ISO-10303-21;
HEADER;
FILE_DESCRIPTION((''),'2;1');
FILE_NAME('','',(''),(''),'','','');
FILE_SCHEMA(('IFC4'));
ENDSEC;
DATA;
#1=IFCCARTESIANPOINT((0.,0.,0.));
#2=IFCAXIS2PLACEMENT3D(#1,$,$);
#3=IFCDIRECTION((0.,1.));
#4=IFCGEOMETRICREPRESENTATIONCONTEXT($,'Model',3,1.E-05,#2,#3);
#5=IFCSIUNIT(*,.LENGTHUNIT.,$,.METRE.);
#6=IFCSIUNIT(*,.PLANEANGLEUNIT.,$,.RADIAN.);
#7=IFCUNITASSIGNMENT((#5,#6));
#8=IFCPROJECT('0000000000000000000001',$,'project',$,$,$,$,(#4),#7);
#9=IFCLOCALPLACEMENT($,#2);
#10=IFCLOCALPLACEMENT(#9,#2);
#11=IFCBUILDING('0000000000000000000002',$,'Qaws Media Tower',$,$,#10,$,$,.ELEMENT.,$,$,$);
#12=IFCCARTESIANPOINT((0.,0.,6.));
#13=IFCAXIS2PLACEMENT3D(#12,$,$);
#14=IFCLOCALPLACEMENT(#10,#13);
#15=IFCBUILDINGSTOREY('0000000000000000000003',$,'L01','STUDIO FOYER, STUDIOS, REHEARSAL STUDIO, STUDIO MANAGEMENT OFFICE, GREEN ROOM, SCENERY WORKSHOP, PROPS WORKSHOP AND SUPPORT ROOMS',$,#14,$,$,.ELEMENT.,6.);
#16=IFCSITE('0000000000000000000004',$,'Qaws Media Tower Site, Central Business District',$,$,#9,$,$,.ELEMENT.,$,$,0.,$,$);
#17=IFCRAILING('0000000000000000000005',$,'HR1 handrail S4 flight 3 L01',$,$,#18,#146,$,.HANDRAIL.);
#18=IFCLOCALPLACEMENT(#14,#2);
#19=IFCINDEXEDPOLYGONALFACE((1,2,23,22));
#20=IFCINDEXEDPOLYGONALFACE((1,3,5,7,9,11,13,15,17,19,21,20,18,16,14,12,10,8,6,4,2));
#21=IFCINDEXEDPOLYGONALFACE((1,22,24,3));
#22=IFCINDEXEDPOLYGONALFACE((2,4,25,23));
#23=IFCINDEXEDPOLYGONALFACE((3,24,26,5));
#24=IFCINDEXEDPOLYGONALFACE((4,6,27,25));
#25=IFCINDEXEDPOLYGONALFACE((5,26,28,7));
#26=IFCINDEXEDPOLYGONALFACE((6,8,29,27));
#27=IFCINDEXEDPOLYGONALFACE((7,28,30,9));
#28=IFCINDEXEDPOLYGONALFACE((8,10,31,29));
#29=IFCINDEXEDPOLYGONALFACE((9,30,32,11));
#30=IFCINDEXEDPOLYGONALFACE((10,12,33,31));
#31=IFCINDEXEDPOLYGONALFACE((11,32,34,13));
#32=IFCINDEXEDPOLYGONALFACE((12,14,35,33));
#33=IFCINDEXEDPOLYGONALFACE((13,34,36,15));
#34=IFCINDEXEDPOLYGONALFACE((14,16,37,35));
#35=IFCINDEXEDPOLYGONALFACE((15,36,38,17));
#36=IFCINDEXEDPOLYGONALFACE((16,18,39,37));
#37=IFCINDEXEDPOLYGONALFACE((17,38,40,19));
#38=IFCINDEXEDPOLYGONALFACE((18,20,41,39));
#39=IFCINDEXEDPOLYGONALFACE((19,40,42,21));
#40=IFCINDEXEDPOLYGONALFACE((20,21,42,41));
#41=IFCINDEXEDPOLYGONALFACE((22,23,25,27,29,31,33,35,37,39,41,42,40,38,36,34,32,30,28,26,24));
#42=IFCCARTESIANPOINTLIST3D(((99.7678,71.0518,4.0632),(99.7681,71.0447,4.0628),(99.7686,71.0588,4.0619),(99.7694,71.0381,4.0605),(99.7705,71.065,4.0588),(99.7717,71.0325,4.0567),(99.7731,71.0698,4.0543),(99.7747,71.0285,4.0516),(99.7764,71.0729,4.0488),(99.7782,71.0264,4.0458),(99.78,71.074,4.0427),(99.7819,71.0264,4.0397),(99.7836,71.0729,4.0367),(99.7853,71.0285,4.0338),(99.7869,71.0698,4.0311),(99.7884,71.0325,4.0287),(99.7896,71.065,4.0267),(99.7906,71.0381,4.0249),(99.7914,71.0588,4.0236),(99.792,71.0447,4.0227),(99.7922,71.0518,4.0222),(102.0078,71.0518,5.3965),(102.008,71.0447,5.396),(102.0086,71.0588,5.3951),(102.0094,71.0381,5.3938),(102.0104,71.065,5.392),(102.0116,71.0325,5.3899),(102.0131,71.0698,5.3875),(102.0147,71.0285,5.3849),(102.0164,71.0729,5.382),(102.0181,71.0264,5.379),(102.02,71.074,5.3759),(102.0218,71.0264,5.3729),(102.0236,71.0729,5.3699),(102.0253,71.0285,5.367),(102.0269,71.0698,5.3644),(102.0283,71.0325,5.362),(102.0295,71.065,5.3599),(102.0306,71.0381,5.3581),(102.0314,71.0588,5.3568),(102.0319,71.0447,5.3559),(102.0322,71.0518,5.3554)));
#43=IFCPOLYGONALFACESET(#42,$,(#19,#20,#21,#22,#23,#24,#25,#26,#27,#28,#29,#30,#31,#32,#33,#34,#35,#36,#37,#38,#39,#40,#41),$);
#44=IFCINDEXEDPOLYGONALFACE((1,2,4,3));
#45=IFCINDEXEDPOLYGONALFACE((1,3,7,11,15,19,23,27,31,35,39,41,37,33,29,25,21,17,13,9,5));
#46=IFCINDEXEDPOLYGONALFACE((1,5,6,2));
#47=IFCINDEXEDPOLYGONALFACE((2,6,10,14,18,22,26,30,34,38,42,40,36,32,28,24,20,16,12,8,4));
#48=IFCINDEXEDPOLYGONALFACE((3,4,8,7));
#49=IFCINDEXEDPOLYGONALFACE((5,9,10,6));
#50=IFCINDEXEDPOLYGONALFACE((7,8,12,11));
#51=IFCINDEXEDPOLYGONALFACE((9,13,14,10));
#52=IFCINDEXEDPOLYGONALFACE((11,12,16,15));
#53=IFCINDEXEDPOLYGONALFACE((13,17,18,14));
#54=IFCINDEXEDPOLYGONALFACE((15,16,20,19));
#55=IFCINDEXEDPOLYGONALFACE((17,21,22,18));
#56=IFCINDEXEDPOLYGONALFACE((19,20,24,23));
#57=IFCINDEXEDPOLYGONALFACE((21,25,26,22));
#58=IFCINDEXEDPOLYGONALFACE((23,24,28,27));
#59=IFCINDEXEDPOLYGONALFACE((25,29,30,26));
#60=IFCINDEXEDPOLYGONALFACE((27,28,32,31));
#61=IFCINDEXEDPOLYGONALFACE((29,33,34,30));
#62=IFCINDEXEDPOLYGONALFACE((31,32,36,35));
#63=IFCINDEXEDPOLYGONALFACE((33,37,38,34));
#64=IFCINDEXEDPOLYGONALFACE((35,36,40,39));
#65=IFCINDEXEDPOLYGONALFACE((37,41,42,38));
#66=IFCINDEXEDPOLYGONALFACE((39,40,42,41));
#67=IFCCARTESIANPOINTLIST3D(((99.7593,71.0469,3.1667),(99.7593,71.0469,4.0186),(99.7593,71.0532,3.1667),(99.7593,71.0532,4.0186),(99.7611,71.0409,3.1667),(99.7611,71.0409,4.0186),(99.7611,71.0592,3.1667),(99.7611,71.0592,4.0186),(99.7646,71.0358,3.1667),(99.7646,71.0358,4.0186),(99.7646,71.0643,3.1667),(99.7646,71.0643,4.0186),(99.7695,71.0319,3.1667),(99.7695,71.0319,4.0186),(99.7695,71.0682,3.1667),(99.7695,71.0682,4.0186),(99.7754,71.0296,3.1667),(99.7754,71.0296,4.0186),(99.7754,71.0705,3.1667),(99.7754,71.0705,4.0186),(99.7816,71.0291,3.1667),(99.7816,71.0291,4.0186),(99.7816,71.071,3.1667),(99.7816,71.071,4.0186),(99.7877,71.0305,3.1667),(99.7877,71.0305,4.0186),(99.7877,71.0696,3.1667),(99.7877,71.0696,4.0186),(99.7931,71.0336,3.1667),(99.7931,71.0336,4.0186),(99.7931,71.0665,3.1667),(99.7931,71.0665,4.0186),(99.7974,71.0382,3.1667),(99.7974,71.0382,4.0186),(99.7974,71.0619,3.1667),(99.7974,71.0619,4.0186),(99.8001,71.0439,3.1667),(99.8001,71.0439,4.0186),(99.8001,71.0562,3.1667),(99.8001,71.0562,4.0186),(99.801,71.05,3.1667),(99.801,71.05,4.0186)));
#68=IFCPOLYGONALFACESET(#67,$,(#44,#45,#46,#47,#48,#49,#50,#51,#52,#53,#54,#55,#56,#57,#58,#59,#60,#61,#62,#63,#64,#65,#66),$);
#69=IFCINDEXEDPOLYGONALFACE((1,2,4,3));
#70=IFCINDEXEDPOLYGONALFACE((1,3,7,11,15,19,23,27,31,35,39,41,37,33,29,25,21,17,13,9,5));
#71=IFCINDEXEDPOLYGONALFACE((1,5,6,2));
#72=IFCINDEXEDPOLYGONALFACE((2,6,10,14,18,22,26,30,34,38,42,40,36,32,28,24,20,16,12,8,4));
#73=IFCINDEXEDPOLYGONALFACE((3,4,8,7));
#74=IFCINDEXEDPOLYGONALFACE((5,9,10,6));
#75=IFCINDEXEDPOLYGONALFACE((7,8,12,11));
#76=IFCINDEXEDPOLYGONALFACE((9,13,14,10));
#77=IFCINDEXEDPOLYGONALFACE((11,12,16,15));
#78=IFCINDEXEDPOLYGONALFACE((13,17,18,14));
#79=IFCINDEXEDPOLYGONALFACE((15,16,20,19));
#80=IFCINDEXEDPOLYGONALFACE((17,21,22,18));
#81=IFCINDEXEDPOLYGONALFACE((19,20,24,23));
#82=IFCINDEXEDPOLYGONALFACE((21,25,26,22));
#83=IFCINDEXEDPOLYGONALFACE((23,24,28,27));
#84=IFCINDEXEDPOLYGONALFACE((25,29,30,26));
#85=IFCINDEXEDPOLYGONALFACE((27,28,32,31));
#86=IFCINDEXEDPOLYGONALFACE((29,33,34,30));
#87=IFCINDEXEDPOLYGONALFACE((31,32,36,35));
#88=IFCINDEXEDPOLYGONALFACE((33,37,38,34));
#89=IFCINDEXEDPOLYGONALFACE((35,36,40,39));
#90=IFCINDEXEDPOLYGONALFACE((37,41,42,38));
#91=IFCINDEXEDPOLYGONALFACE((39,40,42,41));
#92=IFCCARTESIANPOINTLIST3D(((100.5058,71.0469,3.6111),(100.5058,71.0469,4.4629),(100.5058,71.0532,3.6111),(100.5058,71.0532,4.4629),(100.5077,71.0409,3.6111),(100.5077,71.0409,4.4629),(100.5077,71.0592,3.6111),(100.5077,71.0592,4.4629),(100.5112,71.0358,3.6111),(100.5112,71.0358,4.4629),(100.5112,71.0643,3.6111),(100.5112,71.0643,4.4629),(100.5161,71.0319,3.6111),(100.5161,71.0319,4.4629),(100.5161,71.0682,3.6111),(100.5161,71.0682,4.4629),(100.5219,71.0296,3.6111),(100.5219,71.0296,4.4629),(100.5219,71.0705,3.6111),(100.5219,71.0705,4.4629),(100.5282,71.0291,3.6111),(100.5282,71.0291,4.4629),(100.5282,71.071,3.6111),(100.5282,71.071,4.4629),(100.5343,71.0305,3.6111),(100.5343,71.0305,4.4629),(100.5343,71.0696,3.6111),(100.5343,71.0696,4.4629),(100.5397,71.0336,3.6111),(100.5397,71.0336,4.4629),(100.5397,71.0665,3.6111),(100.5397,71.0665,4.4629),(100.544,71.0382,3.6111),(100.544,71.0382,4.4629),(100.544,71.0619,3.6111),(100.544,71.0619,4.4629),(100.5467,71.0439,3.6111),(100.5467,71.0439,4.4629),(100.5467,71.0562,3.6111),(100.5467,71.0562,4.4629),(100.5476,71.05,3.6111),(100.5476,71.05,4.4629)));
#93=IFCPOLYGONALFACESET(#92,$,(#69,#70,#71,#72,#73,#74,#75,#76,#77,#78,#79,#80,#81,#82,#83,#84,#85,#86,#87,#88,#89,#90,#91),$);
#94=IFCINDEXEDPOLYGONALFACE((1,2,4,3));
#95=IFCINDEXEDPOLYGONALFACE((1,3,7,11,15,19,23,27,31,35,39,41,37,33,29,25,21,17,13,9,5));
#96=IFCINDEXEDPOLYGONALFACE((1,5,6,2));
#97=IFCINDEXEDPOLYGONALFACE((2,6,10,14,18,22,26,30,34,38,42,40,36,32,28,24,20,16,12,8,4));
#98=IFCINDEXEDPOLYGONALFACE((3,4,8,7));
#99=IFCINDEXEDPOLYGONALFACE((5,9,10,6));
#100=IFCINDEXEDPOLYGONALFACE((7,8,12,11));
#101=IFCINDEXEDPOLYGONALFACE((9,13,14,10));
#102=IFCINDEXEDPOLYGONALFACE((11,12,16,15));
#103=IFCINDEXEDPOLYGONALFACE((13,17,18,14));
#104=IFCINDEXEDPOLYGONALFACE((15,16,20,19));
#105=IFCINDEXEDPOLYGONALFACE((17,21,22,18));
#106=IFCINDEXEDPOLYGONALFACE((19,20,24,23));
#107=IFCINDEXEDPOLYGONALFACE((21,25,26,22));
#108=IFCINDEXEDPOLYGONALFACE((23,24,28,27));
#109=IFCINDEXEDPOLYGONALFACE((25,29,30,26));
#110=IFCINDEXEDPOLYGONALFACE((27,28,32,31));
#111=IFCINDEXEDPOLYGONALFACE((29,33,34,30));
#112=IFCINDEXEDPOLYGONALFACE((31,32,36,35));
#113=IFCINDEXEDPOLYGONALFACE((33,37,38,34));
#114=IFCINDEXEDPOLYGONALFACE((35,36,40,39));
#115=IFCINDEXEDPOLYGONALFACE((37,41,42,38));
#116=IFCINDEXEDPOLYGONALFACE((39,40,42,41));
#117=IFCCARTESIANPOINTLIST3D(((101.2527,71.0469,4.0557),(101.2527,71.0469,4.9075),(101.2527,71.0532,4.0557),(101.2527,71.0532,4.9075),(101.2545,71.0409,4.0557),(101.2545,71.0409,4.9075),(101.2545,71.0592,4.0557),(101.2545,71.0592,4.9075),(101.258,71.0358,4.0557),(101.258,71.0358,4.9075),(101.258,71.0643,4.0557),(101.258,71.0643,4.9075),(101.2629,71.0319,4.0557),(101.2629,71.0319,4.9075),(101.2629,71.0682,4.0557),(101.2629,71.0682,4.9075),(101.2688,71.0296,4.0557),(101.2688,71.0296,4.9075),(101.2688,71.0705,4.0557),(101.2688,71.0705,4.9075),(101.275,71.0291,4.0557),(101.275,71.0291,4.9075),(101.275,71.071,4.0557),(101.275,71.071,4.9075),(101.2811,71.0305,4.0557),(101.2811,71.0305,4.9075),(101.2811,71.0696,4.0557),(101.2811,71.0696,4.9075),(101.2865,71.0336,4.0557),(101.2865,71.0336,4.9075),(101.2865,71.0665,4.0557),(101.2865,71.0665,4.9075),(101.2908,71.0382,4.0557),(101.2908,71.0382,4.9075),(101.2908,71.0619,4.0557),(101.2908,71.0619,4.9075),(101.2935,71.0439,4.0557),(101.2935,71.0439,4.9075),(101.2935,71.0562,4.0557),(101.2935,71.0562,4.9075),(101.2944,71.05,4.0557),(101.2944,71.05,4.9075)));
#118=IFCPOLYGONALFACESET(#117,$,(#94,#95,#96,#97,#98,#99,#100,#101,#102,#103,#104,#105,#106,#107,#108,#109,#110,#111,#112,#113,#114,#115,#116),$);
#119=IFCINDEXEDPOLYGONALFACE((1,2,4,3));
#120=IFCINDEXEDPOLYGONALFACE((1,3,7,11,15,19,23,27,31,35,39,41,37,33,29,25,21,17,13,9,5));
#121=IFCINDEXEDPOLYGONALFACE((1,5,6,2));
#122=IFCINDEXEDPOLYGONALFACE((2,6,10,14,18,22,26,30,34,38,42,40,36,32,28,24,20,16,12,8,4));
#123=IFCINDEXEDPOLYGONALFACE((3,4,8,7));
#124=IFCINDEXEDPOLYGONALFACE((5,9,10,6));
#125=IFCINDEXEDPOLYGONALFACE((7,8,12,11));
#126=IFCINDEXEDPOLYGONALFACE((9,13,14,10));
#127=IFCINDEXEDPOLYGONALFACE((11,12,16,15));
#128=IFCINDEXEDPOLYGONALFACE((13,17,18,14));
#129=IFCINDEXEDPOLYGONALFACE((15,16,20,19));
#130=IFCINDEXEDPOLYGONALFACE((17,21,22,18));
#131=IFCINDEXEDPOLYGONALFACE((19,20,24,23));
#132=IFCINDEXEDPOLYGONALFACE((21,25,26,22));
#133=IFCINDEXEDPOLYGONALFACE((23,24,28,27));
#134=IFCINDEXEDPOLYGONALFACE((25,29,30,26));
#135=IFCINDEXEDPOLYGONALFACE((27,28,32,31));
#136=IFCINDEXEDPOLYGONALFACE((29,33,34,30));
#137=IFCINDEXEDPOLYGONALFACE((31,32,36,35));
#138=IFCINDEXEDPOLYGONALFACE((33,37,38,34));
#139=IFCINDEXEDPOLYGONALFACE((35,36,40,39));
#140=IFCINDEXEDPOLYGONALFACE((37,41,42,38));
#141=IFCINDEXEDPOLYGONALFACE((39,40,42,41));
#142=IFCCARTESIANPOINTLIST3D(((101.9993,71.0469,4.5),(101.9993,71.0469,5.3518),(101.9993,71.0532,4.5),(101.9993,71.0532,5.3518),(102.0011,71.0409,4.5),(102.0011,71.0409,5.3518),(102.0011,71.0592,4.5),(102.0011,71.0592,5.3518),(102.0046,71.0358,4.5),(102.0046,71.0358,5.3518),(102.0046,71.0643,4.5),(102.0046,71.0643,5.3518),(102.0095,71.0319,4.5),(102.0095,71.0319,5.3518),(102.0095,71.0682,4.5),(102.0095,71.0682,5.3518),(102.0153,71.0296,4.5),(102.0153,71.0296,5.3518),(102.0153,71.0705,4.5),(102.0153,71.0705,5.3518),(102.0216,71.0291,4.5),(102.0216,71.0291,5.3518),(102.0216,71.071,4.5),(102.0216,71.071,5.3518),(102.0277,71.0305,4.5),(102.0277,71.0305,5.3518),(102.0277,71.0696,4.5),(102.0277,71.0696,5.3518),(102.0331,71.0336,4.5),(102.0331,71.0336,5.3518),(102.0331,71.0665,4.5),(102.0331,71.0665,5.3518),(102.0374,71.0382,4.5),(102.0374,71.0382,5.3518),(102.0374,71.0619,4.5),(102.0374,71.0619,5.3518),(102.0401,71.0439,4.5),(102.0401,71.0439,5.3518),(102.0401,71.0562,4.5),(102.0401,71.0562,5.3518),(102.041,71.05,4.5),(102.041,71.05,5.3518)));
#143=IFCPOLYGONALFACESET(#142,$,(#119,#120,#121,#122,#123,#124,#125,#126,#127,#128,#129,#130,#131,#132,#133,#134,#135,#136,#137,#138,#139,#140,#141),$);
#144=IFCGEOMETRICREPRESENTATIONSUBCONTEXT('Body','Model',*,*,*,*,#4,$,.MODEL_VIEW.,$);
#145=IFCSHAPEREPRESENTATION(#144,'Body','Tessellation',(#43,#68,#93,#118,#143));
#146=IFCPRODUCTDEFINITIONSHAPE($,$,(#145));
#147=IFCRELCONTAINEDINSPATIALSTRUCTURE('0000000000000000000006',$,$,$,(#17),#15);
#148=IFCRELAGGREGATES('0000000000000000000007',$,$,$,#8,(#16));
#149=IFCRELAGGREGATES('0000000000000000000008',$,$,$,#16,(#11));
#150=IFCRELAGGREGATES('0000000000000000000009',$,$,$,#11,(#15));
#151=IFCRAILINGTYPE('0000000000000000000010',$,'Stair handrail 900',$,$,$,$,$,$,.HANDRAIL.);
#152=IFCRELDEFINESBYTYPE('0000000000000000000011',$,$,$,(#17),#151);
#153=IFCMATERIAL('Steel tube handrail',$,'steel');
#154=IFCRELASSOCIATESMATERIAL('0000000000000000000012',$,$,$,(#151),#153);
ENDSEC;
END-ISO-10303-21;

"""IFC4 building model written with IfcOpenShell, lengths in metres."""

from ifc_helpers import new_model, si_unit, direction, frame, origin, origin_2d, place, context, subcontext, project, spatial, circle, extrude, material, type_object, element, save


model = new_model("IFC4")

# Units and contexts
model_context = context("Model", 3, precision=1e-05, world=origin(), true_north=direction((0.0, 1.0)))
body_context = subcontext(model_context, "Body", "Model", "MODEL_VIEW")
ifc_project = project(units=[si_unit("LENGTHUNIT", "METRE"), si_unit("PLANEANGLEUNIT", "RADIAN")], contexts=[model_context])

# Site, building, storey
site_placement = place(None, origin())
site = spatial("IfcSite", under=ifc_project, at=site_placement, Name="Qaws Media Tower Site, Central Business District", CompositionType="ELEMENT", RefElevation=0.0)
building_placement = place(site_placement, origin())
building = spatial("IfcBuilding", under=site, at=building_placement, Name="Qaws Media Tower", CompositionType="ELEMENT")
storey_placement = place(building_placement, frame((0.0, 0.0, 6.0)))
storey = spatial("IfcBuildingStorey", under=building, at=storey_placement, Name="L01", Description="STUDIO FOYER, STUDIOS, REHEARSAL STUDIO, STUDIO MANAGEMENT OFFICE, GREEN ROOM, SCENERY WORKSHOP, PROPS WORKSHOP AND SUPPORT ROOMS", CompositionType="ELEMENT", Elevation=6.0)

# Railing
ifc_material_1 = material(Name="Steel tube handrail", Category="steel")
railing_type = type_object("IfcRailingType", Name="Stair handrail 900", PredefinedType="HANDRAIL", material=ifc_material_1)
for number, where, name in (
    (1, (99.78, 71.05, 3.1667), "HR1 handrail S4 flight 3 L01"),
):
    element("IfcRailing", number, at=place(storey_placement, frame(where)), inside=storey, type_object=railing_type, Name=name, PredefinedType="HANDRAIL", context=body_context, shape_type="SweptSolid", body=[
        extrude(circle(Radius=0.0239, at=origin_2d()), frame((0.0, 0.0, 0.876), z_axis=(0.859306, 0.0, 0.511462), x_axis=(0.0, 1.0, 0.0)), (0.0, 0.0, 1.0), 2.6067),
        extrude(circle(Radius=0.021, at=origin_2d()), origin(), (0.0, 0.0, 1.0), 0.8518),
        extrude(circle(Radius=0.021, at=origin_2d()), frame((0.7466, 0.0, 0.4443)), (0.0, 0.0, 1.0), 0.8518),
        extrude(circle(Radius=0.021, at=origin_2d()), frame((1.4934, 0.0, 0.8889)), (0.0, 0.0, 1.0), 0.8518),
        extrude(circle(Radius=0.021, at=origin_2d()), frame((2.24, 0.0, 1.3333)), (0.0, 0.0, 1.0), 0.8518),
    ])

save(model, "model.ifc")
